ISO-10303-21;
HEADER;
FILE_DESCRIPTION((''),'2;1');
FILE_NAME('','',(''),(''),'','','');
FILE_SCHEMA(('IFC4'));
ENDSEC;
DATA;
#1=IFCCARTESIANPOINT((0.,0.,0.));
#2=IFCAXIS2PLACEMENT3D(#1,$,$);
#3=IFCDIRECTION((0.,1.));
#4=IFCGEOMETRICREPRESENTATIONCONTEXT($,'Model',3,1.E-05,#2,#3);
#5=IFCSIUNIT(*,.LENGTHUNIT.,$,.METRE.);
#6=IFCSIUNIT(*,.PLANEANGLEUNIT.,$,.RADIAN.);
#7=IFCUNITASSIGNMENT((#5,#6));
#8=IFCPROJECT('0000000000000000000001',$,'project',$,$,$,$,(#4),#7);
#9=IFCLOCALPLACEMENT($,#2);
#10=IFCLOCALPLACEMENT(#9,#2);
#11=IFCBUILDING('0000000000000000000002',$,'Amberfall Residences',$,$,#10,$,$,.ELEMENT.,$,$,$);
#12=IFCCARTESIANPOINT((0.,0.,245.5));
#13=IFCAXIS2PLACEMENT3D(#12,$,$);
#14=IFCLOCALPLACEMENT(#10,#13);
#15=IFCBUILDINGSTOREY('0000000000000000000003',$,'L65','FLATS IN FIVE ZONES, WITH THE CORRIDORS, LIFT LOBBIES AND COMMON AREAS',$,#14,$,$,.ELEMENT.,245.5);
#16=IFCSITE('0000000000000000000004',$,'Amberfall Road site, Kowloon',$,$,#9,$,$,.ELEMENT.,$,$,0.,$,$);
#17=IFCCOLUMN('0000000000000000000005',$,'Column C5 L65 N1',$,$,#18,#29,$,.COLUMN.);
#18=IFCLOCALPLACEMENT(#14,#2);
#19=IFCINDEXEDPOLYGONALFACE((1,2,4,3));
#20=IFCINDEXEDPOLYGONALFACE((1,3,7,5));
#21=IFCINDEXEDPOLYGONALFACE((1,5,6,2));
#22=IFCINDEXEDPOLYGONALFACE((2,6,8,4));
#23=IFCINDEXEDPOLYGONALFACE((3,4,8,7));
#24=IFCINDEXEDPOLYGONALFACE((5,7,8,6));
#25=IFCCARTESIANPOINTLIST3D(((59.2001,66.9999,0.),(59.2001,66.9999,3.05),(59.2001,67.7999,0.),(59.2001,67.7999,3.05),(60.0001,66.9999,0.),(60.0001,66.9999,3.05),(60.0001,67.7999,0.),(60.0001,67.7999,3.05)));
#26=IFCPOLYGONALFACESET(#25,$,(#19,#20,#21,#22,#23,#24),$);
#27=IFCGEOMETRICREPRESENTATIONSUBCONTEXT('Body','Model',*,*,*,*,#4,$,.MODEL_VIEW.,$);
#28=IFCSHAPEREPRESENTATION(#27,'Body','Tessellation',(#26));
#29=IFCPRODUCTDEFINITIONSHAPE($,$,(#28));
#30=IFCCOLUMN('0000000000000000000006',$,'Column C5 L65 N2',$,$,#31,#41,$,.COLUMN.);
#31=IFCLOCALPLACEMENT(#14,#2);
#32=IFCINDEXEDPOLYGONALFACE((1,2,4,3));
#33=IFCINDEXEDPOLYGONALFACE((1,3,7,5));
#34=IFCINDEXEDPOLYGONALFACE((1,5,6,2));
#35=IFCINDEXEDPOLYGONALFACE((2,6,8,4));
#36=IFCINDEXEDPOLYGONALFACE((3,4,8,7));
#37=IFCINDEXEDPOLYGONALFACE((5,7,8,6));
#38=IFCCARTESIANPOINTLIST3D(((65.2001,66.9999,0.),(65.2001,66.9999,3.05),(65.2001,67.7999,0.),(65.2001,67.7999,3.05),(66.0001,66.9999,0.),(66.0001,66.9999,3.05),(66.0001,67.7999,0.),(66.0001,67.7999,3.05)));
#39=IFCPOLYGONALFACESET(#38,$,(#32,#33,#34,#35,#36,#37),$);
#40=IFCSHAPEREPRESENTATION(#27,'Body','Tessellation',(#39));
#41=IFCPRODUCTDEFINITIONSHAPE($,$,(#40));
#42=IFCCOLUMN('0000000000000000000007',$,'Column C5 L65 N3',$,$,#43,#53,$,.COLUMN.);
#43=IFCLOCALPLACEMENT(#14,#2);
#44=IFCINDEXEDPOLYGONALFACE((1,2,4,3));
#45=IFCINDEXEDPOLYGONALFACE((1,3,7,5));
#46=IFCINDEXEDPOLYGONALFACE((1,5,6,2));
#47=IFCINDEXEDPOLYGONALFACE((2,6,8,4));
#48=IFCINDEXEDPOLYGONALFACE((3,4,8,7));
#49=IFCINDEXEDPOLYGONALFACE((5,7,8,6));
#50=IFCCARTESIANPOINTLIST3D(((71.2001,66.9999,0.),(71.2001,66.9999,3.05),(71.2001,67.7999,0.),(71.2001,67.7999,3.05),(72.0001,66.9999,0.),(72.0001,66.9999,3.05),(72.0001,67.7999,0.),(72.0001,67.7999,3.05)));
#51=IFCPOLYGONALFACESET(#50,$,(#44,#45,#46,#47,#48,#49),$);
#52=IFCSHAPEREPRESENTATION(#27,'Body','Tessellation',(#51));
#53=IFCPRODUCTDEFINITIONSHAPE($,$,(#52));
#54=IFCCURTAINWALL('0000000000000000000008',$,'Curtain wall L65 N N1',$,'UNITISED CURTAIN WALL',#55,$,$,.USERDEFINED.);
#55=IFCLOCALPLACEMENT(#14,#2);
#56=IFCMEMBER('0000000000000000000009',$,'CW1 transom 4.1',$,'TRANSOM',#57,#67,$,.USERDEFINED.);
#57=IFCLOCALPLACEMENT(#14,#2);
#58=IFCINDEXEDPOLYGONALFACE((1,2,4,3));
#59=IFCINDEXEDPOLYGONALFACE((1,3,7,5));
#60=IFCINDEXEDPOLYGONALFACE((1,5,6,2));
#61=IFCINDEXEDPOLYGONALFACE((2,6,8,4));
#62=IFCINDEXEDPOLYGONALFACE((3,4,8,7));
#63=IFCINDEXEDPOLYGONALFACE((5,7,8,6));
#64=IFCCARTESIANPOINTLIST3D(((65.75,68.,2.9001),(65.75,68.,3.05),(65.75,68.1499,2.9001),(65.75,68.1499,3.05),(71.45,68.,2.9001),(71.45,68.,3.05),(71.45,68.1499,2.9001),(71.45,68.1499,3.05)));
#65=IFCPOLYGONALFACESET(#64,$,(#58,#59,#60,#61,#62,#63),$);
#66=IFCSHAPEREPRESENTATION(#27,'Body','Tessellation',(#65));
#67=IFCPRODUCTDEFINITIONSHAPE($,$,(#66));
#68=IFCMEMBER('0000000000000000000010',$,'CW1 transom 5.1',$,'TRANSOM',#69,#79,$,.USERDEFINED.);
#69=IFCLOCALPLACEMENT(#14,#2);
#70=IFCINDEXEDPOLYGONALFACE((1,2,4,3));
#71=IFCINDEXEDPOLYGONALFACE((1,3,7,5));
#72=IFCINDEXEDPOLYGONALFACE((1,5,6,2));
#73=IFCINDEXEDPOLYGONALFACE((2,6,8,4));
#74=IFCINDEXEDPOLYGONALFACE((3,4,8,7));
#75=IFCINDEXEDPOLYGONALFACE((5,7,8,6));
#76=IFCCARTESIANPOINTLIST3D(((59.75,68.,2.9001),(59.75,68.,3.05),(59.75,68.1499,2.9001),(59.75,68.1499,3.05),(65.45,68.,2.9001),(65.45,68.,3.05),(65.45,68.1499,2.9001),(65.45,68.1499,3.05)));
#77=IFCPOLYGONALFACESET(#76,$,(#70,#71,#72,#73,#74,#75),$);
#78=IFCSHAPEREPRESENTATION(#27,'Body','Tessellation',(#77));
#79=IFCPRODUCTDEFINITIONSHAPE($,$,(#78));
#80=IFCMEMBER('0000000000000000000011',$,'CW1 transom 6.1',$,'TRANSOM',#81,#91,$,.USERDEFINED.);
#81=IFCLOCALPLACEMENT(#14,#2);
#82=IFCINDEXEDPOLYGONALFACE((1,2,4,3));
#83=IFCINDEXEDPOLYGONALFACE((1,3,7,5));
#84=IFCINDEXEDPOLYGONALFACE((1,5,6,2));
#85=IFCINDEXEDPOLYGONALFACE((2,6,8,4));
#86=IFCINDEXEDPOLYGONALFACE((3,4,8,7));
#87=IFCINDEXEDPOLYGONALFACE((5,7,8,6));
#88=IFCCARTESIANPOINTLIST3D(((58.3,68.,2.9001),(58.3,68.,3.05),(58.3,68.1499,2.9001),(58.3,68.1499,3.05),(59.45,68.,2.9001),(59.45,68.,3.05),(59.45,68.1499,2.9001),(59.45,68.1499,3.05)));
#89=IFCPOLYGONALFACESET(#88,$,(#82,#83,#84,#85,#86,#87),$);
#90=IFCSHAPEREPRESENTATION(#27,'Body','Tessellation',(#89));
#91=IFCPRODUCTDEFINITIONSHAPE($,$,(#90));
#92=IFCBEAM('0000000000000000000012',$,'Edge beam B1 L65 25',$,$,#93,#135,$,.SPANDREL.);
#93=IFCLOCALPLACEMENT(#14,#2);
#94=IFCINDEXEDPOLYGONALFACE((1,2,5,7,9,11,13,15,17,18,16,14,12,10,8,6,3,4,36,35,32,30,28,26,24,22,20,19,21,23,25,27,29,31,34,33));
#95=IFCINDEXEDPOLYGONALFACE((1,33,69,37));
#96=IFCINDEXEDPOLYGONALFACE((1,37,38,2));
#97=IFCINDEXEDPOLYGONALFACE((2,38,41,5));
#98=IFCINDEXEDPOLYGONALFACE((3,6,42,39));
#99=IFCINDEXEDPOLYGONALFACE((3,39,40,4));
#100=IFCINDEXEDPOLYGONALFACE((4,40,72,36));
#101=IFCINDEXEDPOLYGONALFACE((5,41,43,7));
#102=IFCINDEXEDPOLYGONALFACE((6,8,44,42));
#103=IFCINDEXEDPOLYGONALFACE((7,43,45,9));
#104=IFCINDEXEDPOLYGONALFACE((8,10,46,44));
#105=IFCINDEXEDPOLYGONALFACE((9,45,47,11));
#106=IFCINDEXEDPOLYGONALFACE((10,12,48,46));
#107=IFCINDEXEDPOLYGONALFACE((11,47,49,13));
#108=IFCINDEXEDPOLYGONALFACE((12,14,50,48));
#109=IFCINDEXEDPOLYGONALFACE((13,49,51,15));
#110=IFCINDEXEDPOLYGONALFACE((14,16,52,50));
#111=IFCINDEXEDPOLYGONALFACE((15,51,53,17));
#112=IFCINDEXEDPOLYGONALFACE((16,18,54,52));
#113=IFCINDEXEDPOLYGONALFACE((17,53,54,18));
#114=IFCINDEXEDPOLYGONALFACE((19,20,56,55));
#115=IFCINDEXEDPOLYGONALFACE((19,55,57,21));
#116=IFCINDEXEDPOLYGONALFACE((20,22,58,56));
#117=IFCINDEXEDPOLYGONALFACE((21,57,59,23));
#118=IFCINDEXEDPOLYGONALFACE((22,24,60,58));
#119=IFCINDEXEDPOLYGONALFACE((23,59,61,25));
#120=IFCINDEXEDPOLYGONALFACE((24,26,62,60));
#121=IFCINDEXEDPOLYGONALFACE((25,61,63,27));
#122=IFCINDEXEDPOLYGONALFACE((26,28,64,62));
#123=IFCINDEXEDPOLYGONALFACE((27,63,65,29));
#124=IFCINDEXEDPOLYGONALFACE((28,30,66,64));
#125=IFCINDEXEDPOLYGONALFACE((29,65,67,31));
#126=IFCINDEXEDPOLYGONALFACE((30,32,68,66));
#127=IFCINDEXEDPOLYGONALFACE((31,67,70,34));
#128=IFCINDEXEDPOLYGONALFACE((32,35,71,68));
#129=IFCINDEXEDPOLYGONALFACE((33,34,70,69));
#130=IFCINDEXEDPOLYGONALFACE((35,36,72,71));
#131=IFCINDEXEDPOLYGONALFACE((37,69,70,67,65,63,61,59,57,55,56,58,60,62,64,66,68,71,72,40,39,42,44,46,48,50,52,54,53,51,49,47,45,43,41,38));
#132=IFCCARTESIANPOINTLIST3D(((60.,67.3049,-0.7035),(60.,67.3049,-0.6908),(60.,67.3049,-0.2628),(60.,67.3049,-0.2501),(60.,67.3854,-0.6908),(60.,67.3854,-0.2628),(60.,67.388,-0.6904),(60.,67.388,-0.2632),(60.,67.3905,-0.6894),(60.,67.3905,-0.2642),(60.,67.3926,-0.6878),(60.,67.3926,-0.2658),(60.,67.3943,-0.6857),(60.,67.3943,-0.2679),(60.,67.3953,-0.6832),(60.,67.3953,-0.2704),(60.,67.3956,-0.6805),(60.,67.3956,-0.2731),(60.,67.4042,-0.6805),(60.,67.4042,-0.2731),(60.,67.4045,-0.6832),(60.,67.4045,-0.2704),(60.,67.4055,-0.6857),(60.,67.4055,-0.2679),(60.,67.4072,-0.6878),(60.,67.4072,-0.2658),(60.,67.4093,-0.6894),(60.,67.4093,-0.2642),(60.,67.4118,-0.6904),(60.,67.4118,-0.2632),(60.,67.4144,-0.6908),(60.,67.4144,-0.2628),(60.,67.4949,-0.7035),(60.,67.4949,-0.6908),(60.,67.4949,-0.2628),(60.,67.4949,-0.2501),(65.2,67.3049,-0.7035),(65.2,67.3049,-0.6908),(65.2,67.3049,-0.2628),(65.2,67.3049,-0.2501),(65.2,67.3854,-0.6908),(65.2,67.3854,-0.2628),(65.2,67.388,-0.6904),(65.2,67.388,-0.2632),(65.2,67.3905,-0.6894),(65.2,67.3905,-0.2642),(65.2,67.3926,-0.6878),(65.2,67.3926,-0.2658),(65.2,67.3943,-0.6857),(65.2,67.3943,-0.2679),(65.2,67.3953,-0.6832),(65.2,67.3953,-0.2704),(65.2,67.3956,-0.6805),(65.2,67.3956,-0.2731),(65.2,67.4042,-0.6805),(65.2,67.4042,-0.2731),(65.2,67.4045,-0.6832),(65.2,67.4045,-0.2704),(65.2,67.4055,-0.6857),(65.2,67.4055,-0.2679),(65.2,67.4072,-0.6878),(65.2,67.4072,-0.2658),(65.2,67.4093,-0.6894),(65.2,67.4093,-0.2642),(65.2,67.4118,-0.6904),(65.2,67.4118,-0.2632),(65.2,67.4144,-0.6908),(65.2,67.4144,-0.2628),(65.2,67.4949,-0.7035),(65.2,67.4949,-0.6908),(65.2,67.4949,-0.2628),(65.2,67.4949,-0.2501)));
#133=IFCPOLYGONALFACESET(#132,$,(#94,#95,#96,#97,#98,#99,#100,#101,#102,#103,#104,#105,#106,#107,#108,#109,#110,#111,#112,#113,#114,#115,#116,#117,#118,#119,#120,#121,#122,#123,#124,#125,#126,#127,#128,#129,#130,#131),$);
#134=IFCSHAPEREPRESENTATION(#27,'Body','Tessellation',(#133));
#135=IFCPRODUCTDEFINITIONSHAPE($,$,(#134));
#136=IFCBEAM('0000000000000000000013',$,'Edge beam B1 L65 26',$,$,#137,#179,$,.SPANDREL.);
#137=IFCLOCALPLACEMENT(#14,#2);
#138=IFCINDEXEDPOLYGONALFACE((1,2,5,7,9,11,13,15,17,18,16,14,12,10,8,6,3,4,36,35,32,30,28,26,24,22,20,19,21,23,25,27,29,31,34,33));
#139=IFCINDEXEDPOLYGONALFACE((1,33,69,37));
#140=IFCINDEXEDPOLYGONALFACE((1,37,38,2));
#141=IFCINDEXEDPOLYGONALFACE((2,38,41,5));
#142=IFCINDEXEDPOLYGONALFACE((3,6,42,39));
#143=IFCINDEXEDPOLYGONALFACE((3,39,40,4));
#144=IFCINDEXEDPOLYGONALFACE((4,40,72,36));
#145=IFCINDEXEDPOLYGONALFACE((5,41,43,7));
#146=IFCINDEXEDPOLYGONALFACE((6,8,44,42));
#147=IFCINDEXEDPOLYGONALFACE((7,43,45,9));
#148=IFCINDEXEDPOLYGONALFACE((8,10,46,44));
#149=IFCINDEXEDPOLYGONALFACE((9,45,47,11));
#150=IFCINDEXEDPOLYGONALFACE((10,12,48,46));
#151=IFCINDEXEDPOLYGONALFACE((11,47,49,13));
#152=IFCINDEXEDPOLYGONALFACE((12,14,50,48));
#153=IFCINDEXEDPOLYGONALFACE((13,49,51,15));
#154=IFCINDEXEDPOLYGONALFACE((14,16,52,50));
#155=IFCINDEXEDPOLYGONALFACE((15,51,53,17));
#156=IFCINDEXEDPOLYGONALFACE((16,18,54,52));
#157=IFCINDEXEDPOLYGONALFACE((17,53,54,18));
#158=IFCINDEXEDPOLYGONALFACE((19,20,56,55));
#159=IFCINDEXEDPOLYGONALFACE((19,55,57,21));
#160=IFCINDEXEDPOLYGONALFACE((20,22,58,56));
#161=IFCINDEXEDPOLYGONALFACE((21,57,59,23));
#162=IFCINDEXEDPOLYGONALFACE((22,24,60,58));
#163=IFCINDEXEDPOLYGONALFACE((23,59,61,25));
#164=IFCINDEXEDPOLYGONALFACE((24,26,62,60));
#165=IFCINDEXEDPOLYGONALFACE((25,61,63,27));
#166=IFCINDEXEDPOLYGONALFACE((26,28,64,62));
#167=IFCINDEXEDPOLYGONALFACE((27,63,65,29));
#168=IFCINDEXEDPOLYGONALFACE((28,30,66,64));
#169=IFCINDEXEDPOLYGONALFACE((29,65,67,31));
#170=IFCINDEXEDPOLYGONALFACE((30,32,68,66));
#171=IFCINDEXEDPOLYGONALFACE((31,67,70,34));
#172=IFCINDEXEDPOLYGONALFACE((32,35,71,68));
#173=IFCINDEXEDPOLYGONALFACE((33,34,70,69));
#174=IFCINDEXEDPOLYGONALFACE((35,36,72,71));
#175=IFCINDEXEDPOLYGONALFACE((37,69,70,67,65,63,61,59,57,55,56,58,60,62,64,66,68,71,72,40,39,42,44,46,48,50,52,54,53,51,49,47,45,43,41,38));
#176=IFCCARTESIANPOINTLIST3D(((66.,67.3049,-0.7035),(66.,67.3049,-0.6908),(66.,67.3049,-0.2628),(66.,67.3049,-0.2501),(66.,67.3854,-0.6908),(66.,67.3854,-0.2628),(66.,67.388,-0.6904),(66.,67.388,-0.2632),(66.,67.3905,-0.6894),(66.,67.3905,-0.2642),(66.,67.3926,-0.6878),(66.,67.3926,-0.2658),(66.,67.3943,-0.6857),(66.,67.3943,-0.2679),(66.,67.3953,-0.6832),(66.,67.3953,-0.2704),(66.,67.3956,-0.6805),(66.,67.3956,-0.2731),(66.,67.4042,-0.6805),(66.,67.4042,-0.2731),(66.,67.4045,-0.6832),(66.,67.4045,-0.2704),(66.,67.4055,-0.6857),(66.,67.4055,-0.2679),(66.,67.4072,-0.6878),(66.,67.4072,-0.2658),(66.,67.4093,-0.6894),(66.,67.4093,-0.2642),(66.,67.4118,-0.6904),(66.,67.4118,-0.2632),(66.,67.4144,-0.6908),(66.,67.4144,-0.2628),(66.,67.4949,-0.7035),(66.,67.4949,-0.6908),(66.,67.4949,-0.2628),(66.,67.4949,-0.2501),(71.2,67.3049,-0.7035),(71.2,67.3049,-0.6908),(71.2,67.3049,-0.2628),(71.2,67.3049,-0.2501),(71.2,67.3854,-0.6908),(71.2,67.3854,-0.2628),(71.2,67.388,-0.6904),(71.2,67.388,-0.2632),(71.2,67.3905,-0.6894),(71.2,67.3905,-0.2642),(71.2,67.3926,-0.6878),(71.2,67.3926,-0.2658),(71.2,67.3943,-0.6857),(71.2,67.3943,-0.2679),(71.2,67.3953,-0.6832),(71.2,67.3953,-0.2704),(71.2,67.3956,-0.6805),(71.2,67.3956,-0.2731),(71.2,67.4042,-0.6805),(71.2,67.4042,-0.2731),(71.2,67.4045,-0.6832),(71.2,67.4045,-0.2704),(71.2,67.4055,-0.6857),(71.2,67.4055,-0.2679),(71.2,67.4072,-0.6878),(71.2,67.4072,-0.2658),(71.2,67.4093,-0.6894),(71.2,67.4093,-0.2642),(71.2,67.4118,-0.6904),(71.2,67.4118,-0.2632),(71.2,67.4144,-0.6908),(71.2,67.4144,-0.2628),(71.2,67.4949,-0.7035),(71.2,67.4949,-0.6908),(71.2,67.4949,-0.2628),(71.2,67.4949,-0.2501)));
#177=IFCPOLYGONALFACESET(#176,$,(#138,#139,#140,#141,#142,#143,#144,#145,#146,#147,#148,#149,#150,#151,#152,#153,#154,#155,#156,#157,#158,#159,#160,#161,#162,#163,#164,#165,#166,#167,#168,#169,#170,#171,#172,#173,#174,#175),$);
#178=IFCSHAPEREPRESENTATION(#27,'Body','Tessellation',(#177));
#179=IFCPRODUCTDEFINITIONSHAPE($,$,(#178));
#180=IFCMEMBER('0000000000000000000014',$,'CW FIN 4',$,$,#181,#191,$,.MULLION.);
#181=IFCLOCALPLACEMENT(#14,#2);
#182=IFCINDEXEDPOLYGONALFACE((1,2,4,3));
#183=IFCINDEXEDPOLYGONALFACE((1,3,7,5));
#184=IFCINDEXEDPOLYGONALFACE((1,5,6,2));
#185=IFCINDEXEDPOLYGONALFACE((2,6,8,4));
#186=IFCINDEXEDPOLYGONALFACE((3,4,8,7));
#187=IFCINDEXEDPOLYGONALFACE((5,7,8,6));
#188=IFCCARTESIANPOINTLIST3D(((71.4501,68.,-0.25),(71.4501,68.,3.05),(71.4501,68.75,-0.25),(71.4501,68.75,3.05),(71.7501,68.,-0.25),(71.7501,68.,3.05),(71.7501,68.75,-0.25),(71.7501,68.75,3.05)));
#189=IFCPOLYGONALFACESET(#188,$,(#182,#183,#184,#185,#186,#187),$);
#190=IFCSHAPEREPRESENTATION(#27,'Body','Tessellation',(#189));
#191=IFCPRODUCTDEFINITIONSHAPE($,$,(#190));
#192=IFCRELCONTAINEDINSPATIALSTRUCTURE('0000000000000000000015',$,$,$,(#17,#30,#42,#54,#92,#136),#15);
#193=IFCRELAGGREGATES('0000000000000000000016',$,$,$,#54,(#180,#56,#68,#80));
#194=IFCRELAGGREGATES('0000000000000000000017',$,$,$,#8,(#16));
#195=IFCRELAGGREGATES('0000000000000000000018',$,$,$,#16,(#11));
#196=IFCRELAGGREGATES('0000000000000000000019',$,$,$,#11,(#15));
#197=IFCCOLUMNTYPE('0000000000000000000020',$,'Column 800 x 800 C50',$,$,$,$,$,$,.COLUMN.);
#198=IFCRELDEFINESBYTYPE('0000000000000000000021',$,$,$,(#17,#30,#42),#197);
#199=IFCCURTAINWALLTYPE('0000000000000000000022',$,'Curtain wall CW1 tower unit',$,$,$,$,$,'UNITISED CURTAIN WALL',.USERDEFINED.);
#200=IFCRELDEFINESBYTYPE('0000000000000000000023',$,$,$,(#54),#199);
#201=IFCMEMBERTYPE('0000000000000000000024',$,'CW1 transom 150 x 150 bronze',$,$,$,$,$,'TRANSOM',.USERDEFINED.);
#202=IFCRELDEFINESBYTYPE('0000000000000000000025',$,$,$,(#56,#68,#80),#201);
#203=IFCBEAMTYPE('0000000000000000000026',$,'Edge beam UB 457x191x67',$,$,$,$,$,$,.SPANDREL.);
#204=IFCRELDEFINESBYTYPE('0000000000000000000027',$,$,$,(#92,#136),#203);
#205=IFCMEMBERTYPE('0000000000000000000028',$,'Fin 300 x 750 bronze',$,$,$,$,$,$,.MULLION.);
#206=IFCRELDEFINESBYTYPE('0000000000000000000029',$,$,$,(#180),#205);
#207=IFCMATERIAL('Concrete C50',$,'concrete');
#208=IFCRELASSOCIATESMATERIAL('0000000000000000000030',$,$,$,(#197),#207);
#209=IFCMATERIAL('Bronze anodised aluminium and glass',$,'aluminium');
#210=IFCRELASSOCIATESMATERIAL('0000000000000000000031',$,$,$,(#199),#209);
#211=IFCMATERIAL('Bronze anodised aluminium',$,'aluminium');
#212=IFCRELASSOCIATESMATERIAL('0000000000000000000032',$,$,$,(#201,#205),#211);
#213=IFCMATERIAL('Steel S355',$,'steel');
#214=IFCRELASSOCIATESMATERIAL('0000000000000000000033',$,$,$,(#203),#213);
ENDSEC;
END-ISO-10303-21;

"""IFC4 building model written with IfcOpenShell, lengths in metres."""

from ifc_helpers import new_model, si_unit, direction, frame, origin, origin_2d, place, context, subcontext, project, spatial, rectangle, i_section, extrude, material, material_profile, profile_set, type_object, element, aggregate, save


model = new_model("IFC4")

# Units and contexts
model_context = context("Model", 3, precision=1e-05, world=origin(), true_north=direction((0.0, 1.0)))
body_context = subcontext(model_context, "Body", "Model", "MODEL_VIEW")
ifc_project = project(units=[si_unit("LENGTHUNIT", "METRE"), si_unit("PLANEANGLEUNIT", "RADIAN")], contexts=[model_context])

# Site, building, storey
site_placement = place(None, origin())
site = spatial("IfcSite", under=ifc_project, at=site_placement, Name="Amberfall Road site, Kowloon", CompositionType="ELEMENT", RefElevation=0.0)
building_placement = place(site_placement, origin())
building = spatial("IfcBuilding", under=site, at=building_placement, Name="Amberfall Residences", CompositionType="ELEMENT")
storey_placement = place(building_placement, frame((0.0, 0.0, 245.5)))
storey = spatial("IfcBuildingStorey", under=building, at=storey_placement, Name="L65", Description="FLATS IN FIVE ZONES, WITH THE CORRIDORS, LIFT LOBBIES AND COMMON AREAS", CompositionType="ELEMENT", Elevation=245.5)

# Columns
ifc_material_1 = material(Name="Concrete C50", Category="concrete")
ifc_material_profile_1 = material_profile(ifc_material_1, rectangle(XDim=0.8, YDim=0.8, at=origin_2d()), Name="Column 800 x 800 C50")
ifc_profile_set_1 = profile_set([ifc_material_profile_1], Name="Concrete C50")
column_type = type_object("IfcColumnType", Name="Column 800 x 800 C50", PredefinedType="COLUMN", material=ifc_profile_set_1)
for number, where, z_axis, x_axis, name in (
    (1, (59.6001, 67.3999, 0.0), (0.0, 0.0, 1.0), (1.0, 0.0, 0.0), "Column C5 L65 N1"),
    (2, (65.6001, 67.3999, 0.0), (0.0, 0.0, 1.0), (1.0, 0.0, 0.0), "Column C5 L65 N2"),
    (3, (71.6001, 67.3999, 0.0), (0.0, 0.0, 1.0), (1.0, 0.0, 0.0), "Column C5 L65 N3"),
):
    element("IfcColumn", number, at=place(storey_placement, frame(where, z_axis=z_axis, x_axis=x_axis)), inside=storey, type_object=column_type, Name=name, PredefinedType="COLUMN", context=body_context, shape_type="SweptSolid", body=[
        extrude(rectangle(XDim=0.8, YDim=0.8, at=origin_2d()), origin(), (0.0, 0.0, 1.0), 3.05),
    ])

# Curtain wall, members
ifc_material_2 = material(Name="Bronze anodised aluminium and glass", Category="aluminium")
curtain_wall_type = type_object("IfcCurtainWallType", Name="Curtain wall CW1 tower unit", ElementType="UNITISED CURTAIN WALL", PredefinedType="USERDEFINED", material=ifc_material_2)
curtain_wall_placement = place(storey_placement, origin())
curtain_wall = element("IfcCurtainWall", 4, at=curtain_wall_placement, inside=storey, type_object=curtain_wall_type, Name="Curtain wall L65 N N1", ObjectType="UNITISED CURTAIN WALL", PredefinedType="USERDEFINED")
ifc_material_3 = material(Name="Bronze anodised aluminium", Category="aluminium")
ifc_material_profile_2 = material_profile(ifc_material_3, rectangle(XDim=0.1499, YDim=0.1499, at=origin_2d()), Name="CW1 transom 150 x 150 bronze")
ifc_profile_set_2 = profile_set([ifc_material_profile_2], Name="Bronze anodised aluminium")
member_type_1 = type_object("IfcMemberType", Name="CW1 transom 150 x 150 bronze", ElementType="TRANSOM", PredefinedType="USERDEFINED", material=ifc_profile_set_2)
member_1_placement = place(storey_placement, frame((71.45, 68.075, 2.9751), z_axis=(-1.0, 0.0, 0.0), x_axis=(0.0, -1.0, 0.0)))
member_1 = element("IfcMember", 5, at=member_1_placement, type_object=member_type_1, Name="CW1 transom 4.1", ObjectType="TRANSOM", PredefinedType="USERDEFINED", context=body_context, shape_type="SweptSolid", body=[
    extrude(rectangle(XDim=0.1499, YDim=0.1499, at=origin_2d()), origin(), (0.0, 0.0, 1.0), 5.7),
])
member_2_placement = place(storey_placement, frame((65.45, 68.075, 2.9751), z_axis=(-1.0, 0.0, 0.0), x_axis=(0.0, -1.0, 0.0)))
member_2 = element("IfcMember", 6, at=member_2_placement, type_object=member_type_1, Name="CW1 transom 5.1", ObjectType="TRANSOM", PredefinedType="USERDEFINED", context=body_context, shape_type="SweptSolid", body=[
    extrude(rectangle(XDim=0.1499, YDim=0.1499, at=origin_2d()), origin(), (0.0, 0.0, 1.0), 5.7),
])
member_3_placement = place(storey_placement, frame((59.45, 68.075, 2.9751), z_axis=(-1.0, 0.0, 0.0), x_axis=(0.0, -1.0, 0.0)))
member_3 = element("IfcMember", 7, at=member_3_placement, type_object=member_type_1, Name="CW1 transom 6.1", ObjectType="TRANSOM", PredefinedType="USERDEFINED", context=body_context, shape_type="SweptSolid", body=[
    extrude(rectangle(XDim=0.1499, YDim=0.1499, at=origin_2d()), origin(), (0.0, 0.0, 1.0), 1.1499),
])

# Beams
ifc_material_4 = material(Name="Steel S355", Category="steel")
ifc_material_profile_3 = material_profile(ifc_material_4, i_section(OverallWidth=0.1899, OverallDepth=0.4534, WebThickness=0.0085, FlangeThickness=0.0127, FilletRadius=0.0103, at=origin_2d()), Name="UB 457x191x67")
ifc_profile_set_3 = profile_set([ifc_material_profile_3], Name="Steel S355")
beam_type_1 = type_object("IfcBeamType", Name="Edge beam UB 457x191x67", PredefinedType="SPANDREL", material=ifc_profile_set_3)
for number, where, z_axis, x_axis, name in (
    (8, (60.0, 67.3999, -0.4768), (1.0, 0.0, 0.0), (0.0, 1.0, 0.0), "Edge beam B1 L65 25"),
    (9, (66.0, 67.3999, -0.4768), (1.0, 0.0, 0.0), (0.0, 1.0, 0.0), "Edge beam B1 L65 26"),
):
    element("IfcBeam", number, at=place(storey_placement, frame(where, z_axis=z_axis, x_axis=x_axis)), inside=storey, type_object=beam_type_1, Name=name, PredefinedType="SPANDREL", context=body_context, shape_type="SweptSolid", body=[
        extrude(i_section(OverallWidth=0.1899, OverallDepth=0.4534, WebThickness=0.0085, FlangeThickness=0.0127, FilletRadius=0.0103, at=origin_2d()), origin(), (0.0, 0.0, 1.0), 5.2),
    ])

# Member
ifc_material_profile_4 = material_profile(ifc_material_3, rectangle(XDim=0.75, YDim=0.3, at=origin_2d()), Name="Fin 300 x 750 bronze")
ifc_profile_set_4 = profile_set([ifc_material_profile_4], Name="Bronze anodised aluminium")
member_type_2 = type_object("IfcMemberType", Name="Fin 300 x 750 bronze", PredefinedType="MULLION", material=ifc_profile_set_4)
member_4_placement = place(storey_placement, frame((71.6001, 68.375, -0.25), z_axis=(0.0, 0.0, 1.0), x_axis=(0.0, -1.0, 0.0)))
member_4 = element("IfcMember", 10, at=member_4_placement, type_object=member_type_2, Name="CW FIN 4", PredefinedType="MULLION", context=body_context, shape_type="SweptSolid", body=[
    extrude(rectangle(XDim=0.75, YDim=0.3, at=origin_2d()), origin(), (0.0, 0.0, 1.0), 3.3),
])

aggregate(curtain_wall, [member_4, member_1, member_2, member_3])

save(model, "model.ifc")
